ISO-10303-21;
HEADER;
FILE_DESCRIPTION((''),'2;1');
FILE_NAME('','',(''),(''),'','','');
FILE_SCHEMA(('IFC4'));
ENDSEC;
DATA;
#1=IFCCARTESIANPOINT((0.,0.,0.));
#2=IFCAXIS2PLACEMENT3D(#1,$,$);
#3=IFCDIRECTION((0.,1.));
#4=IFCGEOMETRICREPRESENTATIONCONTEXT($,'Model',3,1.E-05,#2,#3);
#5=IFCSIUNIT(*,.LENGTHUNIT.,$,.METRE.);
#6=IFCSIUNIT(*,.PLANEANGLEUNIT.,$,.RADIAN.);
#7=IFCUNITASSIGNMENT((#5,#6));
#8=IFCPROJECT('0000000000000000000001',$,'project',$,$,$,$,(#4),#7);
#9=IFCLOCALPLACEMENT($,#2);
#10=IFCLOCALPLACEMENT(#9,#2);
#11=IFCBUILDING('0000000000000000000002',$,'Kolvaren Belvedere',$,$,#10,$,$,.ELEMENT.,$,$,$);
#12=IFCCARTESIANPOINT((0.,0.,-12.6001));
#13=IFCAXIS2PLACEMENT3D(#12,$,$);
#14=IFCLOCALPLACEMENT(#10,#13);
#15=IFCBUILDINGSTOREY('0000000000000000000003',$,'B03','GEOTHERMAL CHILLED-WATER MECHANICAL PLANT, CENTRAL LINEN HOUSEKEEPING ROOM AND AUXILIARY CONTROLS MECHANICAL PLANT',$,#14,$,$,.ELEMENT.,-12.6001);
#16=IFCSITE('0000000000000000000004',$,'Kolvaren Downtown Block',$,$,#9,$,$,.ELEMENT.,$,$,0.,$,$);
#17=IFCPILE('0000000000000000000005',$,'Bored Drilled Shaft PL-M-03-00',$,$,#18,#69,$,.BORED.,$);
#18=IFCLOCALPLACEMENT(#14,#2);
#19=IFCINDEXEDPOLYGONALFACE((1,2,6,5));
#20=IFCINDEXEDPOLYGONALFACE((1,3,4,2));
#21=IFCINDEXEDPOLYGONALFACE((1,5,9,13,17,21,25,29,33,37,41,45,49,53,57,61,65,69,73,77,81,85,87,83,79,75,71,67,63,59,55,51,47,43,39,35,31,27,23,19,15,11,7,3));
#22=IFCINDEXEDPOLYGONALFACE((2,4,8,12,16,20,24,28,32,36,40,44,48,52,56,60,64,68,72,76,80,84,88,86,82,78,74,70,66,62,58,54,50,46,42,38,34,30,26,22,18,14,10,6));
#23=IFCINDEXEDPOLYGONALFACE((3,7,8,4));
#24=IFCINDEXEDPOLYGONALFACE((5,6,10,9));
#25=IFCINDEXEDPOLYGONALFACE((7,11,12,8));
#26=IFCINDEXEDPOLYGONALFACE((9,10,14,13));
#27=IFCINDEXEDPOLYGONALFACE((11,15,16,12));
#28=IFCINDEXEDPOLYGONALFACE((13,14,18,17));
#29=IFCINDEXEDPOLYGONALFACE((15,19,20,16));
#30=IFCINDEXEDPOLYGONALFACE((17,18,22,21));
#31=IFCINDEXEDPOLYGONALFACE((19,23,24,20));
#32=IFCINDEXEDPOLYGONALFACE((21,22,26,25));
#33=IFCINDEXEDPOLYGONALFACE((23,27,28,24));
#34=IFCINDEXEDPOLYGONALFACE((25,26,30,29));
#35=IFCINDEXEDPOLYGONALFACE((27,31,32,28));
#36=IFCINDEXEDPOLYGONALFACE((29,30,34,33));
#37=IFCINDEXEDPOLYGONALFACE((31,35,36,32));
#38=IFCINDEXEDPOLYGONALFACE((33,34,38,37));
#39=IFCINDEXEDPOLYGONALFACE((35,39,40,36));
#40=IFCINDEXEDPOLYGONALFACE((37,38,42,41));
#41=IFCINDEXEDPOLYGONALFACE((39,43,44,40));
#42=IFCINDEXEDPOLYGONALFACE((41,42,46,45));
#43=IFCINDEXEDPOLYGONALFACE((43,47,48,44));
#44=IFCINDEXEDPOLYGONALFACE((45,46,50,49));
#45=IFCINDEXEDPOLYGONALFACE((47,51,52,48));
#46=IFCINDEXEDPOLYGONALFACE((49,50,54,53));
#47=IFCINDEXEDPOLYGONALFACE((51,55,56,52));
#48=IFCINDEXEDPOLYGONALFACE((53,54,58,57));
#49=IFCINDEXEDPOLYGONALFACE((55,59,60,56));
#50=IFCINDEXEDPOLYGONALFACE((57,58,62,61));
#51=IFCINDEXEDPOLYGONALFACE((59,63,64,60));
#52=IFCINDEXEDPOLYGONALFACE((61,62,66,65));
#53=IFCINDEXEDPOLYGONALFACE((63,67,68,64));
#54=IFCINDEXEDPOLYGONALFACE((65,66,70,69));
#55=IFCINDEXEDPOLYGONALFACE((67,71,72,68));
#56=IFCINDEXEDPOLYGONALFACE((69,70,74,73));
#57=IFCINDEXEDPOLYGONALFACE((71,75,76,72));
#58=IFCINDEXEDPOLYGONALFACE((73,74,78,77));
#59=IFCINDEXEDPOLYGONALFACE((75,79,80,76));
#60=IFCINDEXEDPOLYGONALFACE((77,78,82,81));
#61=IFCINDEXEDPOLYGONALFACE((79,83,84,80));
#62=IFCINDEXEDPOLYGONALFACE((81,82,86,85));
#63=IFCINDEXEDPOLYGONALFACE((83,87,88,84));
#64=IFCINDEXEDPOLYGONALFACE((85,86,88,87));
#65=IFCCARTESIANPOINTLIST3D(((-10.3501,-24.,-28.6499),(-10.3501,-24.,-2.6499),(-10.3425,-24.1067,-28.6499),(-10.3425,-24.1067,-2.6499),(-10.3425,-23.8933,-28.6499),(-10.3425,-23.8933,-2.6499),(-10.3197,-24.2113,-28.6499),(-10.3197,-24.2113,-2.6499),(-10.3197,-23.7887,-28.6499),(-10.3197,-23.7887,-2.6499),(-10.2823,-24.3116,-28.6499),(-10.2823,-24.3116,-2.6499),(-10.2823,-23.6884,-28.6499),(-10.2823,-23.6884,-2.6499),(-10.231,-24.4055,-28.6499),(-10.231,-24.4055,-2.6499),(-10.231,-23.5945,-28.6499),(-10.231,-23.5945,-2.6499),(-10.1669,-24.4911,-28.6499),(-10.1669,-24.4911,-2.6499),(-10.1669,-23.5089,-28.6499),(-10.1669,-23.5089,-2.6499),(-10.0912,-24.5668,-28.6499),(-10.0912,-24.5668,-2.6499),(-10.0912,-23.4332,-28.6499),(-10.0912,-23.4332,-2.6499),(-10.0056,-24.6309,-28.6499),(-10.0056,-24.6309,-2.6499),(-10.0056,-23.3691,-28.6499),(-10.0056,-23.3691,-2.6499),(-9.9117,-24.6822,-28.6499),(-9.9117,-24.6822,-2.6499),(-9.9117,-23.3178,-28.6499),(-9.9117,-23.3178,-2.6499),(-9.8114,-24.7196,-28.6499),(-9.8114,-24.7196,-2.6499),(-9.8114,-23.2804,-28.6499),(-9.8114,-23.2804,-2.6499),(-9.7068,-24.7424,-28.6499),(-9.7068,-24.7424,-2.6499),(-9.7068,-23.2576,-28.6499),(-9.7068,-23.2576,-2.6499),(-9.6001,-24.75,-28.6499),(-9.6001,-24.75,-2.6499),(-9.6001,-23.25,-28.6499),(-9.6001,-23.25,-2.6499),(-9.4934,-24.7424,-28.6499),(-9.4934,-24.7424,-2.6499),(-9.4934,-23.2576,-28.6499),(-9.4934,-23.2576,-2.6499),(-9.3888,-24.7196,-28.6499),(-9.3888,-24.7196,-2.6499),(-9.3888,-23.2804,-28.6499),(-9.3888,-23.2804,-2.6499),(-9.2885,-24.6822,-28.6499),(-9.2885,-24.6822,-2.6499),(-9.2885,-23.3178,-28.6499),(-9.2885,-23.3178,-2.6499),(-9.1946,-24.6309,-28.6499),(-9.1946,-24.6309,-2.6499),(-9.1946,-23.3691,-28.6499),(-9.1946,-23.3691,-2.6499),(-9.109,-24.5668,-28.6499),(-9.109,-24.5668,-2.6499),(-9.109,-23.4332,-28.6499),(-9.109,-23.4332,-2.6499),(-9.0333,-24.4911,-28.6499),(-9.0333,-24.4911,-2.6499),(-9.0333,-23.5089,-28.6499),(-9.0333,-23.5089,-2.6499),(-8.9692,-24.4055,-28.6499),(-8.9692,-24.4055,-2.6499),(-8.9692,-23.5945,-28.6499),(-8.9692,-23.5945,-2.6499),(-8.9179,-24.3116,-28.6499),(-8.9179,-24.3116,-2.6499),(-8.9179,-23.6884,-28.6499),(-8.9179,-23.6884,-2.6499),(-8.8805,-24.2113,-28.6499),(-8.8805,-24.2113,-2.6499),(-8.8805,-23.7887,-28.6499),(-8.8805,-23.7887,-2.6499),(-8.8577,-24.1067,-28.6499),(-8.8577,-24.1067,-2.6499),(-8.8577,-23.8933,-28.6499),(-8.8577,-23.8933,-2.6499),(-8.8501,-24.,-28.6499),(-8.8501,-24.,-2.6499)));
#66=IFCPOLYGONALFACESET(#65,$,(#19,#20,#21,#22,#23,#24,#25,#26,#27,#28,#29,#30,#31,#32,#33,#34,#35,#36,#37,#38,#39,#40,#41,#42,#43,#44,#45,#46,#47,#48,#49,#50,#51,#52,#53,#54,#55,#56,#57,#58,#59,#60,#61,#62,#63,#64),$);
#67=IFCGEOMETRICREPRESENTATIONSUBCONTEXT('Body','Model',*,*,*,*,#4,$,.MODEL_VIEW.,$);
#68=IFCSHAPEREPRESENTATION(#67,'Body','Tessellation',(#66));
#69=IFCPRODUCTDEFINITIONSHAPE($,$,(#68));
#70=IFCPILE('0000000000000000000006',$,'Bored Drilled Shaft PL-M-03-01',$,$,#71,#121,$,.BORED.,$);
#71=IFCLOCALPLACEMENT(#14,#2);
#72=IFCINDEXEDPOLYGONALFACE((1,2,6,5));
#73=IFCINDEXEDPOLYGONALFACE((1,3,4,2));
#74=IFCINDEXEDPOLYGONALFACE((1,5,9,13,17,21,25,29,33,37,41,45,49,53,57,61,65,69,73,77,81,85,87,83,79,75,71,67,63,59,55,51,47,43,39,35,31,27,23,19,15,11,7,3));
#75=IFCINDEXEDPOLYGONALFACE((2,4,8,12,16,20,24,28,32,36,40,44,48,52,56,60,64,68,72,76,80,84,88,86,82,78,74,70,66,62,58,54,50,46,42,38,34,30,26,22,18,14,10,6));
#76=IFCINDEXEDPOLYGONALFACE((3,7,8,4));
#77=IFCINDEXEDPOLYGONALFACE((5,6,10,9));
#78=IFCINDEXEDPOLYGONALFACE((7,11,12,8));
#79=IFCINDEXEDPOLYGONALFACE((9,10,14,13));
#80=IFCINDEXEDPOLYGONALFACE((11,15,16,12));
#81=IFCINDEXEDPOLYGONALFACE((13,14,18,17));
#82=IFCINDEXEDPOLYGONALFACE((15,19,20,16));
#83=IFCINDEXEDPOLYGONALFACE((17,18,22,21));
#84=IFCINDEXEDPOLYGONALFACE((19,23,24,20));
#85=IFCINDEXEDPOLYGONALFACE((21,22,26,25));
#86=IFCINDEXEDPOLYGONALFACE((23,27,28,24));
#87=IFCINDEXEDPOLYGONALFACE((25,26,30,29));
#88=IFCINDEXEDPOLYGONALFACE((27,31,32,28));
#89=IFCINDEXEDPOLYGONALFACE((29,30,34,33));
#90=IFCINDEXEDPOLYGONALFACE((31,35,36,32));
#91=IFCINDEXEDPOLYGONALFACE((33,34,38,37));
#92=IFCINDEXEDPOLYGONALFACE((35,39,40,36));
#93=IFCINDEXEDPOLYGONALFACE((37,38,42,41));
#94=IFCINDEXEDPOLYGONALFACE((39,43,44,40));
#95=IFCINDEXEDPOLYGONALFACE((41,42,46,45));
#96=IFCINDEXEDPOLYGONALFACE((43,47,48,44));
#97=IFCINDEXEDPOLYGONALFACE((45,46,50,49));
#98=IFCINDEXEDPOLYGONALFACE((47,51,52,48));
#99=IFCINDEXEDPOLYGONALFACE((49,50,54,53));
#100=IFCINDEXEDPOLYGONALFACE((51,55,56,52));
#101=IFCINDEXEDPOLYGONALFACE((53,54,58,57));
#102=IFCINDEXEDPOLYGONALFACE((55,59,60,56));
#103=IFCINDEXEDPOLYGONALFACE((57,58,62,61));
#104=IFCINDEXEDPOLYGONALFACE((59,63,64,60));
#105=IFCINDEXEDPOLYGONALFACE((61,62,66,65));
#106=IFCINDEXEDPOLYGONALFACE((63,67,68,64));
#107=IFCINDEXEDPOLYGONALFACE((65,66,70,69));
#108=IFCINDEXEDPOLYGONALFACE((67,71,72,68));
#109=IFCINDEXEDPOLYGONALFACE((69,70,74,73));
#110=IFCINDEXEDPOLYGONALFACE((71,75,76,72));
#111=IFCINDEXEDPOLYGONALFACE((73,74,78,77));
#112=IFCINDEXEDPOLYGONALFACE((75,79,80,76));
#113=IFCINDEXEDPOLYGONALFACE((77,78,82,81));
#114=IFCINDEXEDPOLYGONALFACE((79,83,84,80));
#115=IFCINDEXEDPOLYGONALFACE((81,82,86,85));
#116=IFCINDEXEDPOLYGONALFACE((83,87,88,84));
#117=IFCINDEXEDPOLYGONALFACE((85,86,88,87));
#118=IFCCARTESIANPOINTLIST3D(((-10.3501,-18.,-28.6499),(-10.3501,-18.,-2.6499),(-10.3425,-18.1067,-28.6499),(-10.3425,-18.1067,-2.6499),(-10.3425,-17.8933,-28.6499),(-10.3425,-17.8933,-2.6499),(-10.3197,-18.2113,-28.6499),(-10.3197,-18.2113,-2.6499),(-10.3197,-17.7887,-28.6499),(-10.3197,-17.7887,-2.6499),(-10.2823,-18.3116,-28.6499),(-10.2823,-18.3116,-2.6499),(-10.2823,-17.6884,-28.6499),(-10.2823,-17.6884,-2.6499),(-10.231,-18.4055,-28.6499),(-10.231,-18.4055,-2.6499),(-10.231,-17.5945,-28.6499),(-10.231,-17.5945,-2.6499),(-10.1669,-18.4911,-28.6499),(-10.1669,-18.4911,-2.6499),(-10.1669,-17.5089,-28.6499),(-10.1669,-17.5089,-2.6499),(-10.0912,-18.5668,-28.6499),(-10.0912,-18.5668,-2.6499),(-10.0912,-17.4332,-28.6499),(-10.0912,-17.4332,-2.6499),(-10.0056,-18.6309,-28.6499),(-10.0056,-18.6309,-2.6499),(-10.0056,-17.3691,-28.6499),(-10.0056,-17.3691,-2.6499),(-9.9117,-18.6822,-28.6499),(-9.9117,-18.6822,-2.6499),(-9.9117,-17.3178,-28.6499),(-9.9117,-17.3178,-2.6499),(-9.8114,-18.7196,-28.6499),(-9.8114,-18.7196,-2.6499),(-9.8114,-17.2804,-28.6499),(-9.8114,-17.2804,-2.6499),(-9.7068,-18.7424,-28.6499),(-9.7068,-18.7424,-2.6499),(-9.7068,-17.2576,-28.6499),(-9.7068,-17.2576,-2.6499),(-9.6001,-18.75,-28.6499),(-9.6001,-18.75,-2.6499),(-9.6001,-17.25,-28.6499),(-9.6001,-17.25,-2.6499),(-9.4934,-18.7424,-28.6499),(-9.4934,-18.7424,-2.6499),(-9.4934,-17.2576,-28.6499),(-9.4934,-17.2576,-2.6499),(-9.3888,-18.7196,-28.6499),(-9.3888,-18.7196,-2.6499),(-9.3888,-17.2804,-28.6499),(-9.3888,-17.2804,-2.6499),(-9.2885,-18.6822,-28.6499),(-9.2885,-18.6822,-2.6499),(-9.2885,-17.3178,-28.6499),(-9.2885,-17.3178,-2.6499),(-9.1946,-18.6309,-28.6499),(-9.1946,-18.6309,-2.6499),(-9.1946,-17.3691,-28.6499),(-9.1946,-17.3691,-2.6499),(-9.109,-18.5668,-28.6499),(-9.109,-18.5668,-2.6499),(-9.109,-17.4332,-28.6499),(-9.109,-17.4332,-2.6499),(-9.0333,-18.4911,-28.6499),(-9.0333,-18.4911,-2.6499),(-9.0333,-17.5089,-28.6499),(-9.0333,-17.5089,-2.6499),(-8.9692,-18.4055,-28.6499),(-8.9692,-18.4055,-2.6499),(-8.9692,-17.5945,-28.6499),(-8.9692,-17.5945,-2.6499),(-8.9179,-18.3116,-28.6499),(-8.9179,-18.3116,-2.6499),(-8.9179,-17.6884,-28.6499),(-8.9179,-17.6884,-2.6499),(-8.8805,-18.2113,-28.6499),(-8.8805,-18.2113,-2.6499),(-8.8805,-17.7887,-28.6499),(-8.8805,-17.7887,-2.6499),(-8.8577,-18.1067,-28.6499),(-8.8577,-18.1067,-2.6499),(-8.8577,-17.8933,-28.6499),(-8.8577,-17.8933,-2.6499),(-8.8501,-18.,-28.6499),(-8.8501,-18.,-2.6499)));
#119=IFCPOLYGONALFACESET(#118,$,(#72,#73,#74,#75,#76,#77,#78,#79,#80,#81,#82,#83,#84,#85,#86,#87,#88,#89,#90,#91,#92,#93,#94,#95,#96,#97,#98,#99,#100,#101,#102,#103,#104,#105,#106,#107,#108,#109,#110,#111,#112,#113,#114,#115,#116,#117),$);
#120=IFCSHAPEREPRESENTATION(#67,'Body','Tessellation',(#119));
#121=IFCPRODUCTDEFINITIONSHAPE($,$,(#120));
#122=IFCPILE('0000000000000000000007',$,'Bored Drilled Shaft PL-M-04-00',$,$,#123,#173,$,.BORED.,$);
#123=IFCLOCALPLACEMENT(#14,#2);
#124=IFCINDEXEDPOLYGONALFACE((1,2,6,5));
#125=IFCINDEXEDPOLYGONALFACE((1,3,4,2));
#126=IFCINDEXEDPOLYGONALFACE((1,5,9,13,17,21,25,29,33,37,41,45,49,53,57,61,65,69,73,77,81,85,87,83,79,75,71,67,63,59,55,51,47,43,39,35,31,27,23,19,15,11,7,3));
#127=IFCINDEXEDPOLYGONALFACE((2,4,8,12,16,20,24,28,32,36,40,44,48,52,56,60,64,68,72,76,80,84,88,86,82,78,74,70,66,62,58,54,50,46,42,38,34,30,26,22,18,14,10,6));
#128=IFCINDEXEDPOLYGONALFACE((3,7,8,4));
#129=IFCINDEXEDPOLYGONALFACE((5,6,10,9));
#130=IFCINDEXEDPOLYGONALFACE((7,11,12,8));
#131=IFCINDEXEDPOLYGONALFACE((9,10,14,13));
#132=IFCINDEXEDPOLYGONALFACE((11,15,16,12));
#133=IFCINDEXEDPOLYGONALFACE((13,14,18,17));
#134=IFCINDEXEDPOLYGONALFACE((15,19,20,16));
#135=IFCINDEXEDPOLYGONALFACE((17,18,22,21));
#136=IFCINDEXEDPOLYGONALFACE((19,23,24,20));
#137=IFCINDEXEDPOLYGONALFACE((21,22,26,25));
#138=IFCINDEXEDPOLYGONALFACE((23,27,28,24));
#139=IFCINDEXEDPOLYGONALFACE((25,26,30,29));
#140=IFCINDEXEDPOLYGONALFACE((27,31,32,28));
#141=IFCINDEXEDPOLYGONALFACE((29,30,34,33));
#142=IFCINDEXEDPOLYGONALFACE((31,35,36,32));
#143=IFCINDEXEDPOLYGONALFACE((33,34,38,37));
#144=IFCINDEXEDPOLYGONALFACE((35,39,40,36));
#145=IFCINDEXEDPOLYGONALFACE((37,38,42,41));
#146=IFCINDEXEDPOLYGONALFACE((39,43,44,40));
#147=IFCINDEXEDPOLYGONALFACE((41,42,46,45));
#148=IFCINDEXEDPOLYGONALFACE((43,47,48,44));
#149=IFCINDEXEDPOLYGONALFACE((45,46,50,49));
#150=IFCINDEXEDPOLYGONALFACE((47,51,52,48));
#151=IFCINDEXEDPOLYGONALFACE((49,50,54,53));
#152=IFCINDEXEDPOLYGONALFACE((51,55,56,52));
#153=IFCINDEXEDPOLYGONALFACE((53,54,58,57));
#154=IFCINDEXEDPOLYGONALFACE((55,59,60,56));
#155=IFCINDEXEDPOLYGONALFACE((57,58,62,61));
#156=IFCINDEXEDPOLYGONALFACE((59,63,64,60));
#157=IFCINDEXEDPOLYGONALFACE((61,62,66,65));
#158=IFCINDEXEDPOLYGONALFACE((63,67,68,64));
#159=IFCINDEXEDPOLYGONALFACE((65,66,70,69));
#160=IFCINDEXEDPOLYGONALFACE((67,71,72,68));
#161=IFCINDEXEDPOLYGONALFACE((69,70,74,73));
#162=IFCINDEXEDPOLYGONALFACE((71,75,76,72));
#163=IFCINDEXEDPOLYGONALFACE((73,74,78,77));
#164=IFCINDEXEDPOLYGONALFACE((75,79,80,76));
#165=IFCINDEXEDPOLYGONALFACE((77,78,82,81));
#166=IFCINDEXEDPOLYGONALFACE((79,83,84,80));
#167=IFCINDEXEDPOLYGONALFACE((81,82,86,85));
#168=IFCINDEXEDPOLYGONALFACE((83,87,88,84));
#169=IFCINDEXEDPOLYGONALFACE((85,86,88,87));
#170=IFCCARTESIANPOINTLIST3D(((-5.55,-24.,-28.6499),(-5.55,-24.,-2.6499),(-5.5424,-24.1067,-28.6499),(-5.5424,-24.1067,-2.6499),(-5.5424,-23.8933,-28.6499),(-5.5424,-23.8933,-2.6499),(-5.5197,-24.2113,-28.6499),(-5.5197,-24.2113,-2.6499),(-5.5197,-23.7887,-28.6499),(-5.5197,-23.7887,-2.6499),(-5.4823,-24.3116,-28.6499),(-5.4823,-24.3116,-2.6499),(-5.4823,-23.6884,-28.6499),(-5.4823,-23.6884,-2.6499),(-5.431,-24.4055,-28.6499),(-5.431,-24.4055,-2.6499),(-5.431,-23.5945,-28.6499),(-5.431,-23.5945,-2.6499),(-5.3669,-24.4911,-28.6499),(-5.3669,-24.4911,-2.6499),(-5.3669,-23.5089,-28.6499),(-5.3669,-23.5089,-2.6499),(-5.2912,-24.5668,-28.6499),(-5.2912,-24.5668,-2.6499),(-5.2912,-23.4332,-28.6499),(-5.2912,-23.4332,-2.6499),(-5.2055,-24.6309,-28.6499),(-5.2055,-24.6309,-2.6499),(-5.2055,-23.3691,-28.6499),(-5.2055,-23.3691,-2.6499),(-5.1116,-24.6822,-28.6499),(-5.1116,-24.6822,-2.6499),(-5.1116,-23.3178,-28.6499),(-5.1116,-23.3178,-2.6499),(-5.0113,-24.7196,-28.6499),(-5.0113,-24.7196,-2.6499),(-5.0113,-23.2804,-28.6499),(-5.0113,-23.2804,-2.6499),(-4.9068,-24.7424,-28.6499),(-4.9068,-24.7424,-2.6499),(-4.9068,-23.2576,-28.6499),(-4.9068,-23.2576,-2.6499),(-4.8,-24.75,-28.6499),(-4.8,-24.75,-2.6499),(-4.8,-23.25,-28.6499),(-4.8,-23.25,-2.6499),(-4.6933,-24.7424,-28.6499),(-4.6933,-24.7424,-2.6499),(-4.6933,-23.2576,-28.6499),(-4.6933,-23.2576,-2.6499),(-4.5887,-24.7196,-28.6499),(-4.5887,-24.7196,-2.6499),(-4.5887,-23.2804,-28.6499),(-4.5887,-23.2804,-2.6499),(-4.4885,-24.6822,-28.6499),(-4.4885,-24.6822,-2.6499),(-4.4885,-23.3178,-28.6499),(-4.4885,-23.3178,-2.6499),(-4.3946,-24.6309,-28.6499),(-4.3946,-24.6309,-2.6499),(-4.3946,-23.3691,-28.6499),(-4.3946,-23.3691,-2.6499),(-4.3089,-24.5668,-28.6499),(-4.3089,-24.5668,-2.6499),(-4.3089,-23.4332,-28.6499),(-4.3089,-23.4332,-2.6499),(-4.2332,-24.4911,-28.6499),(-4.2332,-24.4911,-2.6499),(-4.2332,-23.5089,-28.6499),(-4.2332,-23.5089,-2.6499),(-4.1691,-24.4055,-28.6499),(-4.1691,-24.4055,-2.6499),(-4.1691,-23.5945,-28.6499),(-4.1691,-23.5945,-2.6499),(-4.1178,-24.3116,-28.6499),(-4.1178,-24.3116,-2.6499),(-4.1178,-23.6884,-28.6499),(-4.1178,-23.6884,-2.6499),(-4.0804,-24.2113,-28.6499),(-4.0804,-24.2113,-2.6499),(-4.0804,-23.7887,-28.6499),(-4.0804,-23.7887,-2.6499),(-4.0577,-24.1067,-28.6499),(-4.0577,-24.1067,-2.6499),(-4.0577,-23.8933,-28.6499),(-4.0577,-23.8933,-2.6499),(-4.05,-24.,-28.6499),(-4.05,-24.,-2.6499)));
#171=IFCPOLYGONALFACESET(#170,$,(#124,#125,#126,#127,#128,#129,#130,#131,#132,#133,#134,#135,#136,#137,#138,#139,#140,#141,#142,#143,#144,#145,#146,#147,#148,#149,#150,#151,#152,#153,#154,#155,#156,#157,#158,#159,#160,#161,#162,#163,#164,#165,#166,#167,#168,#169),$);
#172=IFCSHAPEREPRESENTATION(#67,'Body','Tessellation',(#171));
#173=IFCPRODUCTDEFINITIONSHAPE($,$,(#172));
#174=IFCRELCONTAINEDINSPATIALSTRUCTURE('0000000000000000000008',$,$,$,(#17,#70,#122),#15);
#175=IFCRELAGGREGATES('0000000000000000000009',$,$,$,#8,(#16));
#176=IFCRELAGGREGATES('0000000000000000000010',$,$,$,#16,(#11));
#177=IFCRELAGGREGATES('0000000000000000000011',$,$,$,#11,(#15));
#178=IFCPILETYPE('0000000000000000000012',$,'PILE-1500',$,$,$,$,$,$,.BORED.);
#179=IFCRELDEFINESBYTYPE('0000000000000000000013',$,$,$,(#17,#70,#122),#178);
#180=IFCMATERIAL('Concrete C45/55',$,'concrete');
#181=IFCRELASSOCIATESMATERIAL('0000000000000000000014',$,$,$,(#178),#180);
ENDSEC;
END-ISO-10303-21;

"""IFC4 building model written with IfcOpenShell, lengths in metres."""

from ifc_helpers import new_model, si_unit, direction, frame, origin, origin_2d, place, context, subcontext, project, spatial, circle, extrude, material, material_profile, profile_set, type_object, element, save


model = new_model("IFC4")

# Units and contexts
model_context = context("Model", 3, precision=1e-05, world=origin(), true_north=direction((0.0, 1.0)))
body_context = subcontext(model_context, "Body", "Model", "MODEL_VIEW")
ifc_project = project(units=[si_unit("LENGTHUNIT", "METRE"), si_unit("PLANEANGLEUNIT", "RADIAN")], contexts=[model_context])

# Site, building, storey
site_placement = place(None, origin())
site = spatial("IfcSite", under=ifc_project, at=site_placement, Name="Kolvaren Downtown Block", CompositionType="ELEMENT", RefElevation=0.0)
building_placement = place(site_placement, origin())
building = spatial("IfcBuilding", under=site, at=building_placement, Name="Kolvaren Belvedere", CompositionType="ELEMENT")
storey_placement = place(building_placement, frame((0.0, 0.0, -12.6001)))
storey = spatial("IfcBuildingStorey", under=building, at=storey_placement, Name="B03", Description="GEOTHERMAL CHILLED-WATER MECHANICAL PLANT, CENTRAL LINEN HOUSEKEEPING ROOM AND AUXILIARY CONTROLS MECHANICAL PLANT", CompositionType="ELEMENT", Elevation=-12.6001)

# Piles
ifc_material_1 = material(Name="Concrete C45/55", Category="concrete")
ifc_material_profile_1 = material_profile(ifc_material_1, circle(Radius=0.75, at=origin_2d()), Name="BORED PILE D1500")
ifc_profile_set_1 = profile_set([ifc_material_profile_1], Name="Concrete C45/55")
pile_type_1 = type_object("IfcPileType", Name="PILE-1500", PredefinedType="BORED", material=ifc_profile_set_1)
for number, where, z_axis, x_axis, name in (
    (1, (-9.6001, -24.0, -2.6499), (0.0, 0.0, -1.0), (1.0, 0.0, 0.0), "Bored Drilled Shaft PL-M-03-00"),
    (2, (-9.6001, -18.0, -2.6499), (0.0, 0.0, -1.0), (1.0, 0.0, 0.0), "Bored Drilled Shaft PL-M-03-01"),
    (3, (-4.8, -24.0, -2.6499), (0.0, 0.0, -1.0), (1.0, 0.0, 0.0), "Bored Drilled Shaft PL-M-04-00"),
):
    element("IfcPile", number, at=place(storey_placement, frame(where, z_axis=z_axis, x_axis=x_axis)), inside=storey, type_object=pile_type_1, Name=name, PredefinedType="BORED", context=body_context, shape_type="SweptSolid", body=[
        extrude(circle(Radius=0.75, at=origin_2d()), origin(), (0.0, 0.0, 1.0), 26.0),
    ])

save(model, "model.ifc")
